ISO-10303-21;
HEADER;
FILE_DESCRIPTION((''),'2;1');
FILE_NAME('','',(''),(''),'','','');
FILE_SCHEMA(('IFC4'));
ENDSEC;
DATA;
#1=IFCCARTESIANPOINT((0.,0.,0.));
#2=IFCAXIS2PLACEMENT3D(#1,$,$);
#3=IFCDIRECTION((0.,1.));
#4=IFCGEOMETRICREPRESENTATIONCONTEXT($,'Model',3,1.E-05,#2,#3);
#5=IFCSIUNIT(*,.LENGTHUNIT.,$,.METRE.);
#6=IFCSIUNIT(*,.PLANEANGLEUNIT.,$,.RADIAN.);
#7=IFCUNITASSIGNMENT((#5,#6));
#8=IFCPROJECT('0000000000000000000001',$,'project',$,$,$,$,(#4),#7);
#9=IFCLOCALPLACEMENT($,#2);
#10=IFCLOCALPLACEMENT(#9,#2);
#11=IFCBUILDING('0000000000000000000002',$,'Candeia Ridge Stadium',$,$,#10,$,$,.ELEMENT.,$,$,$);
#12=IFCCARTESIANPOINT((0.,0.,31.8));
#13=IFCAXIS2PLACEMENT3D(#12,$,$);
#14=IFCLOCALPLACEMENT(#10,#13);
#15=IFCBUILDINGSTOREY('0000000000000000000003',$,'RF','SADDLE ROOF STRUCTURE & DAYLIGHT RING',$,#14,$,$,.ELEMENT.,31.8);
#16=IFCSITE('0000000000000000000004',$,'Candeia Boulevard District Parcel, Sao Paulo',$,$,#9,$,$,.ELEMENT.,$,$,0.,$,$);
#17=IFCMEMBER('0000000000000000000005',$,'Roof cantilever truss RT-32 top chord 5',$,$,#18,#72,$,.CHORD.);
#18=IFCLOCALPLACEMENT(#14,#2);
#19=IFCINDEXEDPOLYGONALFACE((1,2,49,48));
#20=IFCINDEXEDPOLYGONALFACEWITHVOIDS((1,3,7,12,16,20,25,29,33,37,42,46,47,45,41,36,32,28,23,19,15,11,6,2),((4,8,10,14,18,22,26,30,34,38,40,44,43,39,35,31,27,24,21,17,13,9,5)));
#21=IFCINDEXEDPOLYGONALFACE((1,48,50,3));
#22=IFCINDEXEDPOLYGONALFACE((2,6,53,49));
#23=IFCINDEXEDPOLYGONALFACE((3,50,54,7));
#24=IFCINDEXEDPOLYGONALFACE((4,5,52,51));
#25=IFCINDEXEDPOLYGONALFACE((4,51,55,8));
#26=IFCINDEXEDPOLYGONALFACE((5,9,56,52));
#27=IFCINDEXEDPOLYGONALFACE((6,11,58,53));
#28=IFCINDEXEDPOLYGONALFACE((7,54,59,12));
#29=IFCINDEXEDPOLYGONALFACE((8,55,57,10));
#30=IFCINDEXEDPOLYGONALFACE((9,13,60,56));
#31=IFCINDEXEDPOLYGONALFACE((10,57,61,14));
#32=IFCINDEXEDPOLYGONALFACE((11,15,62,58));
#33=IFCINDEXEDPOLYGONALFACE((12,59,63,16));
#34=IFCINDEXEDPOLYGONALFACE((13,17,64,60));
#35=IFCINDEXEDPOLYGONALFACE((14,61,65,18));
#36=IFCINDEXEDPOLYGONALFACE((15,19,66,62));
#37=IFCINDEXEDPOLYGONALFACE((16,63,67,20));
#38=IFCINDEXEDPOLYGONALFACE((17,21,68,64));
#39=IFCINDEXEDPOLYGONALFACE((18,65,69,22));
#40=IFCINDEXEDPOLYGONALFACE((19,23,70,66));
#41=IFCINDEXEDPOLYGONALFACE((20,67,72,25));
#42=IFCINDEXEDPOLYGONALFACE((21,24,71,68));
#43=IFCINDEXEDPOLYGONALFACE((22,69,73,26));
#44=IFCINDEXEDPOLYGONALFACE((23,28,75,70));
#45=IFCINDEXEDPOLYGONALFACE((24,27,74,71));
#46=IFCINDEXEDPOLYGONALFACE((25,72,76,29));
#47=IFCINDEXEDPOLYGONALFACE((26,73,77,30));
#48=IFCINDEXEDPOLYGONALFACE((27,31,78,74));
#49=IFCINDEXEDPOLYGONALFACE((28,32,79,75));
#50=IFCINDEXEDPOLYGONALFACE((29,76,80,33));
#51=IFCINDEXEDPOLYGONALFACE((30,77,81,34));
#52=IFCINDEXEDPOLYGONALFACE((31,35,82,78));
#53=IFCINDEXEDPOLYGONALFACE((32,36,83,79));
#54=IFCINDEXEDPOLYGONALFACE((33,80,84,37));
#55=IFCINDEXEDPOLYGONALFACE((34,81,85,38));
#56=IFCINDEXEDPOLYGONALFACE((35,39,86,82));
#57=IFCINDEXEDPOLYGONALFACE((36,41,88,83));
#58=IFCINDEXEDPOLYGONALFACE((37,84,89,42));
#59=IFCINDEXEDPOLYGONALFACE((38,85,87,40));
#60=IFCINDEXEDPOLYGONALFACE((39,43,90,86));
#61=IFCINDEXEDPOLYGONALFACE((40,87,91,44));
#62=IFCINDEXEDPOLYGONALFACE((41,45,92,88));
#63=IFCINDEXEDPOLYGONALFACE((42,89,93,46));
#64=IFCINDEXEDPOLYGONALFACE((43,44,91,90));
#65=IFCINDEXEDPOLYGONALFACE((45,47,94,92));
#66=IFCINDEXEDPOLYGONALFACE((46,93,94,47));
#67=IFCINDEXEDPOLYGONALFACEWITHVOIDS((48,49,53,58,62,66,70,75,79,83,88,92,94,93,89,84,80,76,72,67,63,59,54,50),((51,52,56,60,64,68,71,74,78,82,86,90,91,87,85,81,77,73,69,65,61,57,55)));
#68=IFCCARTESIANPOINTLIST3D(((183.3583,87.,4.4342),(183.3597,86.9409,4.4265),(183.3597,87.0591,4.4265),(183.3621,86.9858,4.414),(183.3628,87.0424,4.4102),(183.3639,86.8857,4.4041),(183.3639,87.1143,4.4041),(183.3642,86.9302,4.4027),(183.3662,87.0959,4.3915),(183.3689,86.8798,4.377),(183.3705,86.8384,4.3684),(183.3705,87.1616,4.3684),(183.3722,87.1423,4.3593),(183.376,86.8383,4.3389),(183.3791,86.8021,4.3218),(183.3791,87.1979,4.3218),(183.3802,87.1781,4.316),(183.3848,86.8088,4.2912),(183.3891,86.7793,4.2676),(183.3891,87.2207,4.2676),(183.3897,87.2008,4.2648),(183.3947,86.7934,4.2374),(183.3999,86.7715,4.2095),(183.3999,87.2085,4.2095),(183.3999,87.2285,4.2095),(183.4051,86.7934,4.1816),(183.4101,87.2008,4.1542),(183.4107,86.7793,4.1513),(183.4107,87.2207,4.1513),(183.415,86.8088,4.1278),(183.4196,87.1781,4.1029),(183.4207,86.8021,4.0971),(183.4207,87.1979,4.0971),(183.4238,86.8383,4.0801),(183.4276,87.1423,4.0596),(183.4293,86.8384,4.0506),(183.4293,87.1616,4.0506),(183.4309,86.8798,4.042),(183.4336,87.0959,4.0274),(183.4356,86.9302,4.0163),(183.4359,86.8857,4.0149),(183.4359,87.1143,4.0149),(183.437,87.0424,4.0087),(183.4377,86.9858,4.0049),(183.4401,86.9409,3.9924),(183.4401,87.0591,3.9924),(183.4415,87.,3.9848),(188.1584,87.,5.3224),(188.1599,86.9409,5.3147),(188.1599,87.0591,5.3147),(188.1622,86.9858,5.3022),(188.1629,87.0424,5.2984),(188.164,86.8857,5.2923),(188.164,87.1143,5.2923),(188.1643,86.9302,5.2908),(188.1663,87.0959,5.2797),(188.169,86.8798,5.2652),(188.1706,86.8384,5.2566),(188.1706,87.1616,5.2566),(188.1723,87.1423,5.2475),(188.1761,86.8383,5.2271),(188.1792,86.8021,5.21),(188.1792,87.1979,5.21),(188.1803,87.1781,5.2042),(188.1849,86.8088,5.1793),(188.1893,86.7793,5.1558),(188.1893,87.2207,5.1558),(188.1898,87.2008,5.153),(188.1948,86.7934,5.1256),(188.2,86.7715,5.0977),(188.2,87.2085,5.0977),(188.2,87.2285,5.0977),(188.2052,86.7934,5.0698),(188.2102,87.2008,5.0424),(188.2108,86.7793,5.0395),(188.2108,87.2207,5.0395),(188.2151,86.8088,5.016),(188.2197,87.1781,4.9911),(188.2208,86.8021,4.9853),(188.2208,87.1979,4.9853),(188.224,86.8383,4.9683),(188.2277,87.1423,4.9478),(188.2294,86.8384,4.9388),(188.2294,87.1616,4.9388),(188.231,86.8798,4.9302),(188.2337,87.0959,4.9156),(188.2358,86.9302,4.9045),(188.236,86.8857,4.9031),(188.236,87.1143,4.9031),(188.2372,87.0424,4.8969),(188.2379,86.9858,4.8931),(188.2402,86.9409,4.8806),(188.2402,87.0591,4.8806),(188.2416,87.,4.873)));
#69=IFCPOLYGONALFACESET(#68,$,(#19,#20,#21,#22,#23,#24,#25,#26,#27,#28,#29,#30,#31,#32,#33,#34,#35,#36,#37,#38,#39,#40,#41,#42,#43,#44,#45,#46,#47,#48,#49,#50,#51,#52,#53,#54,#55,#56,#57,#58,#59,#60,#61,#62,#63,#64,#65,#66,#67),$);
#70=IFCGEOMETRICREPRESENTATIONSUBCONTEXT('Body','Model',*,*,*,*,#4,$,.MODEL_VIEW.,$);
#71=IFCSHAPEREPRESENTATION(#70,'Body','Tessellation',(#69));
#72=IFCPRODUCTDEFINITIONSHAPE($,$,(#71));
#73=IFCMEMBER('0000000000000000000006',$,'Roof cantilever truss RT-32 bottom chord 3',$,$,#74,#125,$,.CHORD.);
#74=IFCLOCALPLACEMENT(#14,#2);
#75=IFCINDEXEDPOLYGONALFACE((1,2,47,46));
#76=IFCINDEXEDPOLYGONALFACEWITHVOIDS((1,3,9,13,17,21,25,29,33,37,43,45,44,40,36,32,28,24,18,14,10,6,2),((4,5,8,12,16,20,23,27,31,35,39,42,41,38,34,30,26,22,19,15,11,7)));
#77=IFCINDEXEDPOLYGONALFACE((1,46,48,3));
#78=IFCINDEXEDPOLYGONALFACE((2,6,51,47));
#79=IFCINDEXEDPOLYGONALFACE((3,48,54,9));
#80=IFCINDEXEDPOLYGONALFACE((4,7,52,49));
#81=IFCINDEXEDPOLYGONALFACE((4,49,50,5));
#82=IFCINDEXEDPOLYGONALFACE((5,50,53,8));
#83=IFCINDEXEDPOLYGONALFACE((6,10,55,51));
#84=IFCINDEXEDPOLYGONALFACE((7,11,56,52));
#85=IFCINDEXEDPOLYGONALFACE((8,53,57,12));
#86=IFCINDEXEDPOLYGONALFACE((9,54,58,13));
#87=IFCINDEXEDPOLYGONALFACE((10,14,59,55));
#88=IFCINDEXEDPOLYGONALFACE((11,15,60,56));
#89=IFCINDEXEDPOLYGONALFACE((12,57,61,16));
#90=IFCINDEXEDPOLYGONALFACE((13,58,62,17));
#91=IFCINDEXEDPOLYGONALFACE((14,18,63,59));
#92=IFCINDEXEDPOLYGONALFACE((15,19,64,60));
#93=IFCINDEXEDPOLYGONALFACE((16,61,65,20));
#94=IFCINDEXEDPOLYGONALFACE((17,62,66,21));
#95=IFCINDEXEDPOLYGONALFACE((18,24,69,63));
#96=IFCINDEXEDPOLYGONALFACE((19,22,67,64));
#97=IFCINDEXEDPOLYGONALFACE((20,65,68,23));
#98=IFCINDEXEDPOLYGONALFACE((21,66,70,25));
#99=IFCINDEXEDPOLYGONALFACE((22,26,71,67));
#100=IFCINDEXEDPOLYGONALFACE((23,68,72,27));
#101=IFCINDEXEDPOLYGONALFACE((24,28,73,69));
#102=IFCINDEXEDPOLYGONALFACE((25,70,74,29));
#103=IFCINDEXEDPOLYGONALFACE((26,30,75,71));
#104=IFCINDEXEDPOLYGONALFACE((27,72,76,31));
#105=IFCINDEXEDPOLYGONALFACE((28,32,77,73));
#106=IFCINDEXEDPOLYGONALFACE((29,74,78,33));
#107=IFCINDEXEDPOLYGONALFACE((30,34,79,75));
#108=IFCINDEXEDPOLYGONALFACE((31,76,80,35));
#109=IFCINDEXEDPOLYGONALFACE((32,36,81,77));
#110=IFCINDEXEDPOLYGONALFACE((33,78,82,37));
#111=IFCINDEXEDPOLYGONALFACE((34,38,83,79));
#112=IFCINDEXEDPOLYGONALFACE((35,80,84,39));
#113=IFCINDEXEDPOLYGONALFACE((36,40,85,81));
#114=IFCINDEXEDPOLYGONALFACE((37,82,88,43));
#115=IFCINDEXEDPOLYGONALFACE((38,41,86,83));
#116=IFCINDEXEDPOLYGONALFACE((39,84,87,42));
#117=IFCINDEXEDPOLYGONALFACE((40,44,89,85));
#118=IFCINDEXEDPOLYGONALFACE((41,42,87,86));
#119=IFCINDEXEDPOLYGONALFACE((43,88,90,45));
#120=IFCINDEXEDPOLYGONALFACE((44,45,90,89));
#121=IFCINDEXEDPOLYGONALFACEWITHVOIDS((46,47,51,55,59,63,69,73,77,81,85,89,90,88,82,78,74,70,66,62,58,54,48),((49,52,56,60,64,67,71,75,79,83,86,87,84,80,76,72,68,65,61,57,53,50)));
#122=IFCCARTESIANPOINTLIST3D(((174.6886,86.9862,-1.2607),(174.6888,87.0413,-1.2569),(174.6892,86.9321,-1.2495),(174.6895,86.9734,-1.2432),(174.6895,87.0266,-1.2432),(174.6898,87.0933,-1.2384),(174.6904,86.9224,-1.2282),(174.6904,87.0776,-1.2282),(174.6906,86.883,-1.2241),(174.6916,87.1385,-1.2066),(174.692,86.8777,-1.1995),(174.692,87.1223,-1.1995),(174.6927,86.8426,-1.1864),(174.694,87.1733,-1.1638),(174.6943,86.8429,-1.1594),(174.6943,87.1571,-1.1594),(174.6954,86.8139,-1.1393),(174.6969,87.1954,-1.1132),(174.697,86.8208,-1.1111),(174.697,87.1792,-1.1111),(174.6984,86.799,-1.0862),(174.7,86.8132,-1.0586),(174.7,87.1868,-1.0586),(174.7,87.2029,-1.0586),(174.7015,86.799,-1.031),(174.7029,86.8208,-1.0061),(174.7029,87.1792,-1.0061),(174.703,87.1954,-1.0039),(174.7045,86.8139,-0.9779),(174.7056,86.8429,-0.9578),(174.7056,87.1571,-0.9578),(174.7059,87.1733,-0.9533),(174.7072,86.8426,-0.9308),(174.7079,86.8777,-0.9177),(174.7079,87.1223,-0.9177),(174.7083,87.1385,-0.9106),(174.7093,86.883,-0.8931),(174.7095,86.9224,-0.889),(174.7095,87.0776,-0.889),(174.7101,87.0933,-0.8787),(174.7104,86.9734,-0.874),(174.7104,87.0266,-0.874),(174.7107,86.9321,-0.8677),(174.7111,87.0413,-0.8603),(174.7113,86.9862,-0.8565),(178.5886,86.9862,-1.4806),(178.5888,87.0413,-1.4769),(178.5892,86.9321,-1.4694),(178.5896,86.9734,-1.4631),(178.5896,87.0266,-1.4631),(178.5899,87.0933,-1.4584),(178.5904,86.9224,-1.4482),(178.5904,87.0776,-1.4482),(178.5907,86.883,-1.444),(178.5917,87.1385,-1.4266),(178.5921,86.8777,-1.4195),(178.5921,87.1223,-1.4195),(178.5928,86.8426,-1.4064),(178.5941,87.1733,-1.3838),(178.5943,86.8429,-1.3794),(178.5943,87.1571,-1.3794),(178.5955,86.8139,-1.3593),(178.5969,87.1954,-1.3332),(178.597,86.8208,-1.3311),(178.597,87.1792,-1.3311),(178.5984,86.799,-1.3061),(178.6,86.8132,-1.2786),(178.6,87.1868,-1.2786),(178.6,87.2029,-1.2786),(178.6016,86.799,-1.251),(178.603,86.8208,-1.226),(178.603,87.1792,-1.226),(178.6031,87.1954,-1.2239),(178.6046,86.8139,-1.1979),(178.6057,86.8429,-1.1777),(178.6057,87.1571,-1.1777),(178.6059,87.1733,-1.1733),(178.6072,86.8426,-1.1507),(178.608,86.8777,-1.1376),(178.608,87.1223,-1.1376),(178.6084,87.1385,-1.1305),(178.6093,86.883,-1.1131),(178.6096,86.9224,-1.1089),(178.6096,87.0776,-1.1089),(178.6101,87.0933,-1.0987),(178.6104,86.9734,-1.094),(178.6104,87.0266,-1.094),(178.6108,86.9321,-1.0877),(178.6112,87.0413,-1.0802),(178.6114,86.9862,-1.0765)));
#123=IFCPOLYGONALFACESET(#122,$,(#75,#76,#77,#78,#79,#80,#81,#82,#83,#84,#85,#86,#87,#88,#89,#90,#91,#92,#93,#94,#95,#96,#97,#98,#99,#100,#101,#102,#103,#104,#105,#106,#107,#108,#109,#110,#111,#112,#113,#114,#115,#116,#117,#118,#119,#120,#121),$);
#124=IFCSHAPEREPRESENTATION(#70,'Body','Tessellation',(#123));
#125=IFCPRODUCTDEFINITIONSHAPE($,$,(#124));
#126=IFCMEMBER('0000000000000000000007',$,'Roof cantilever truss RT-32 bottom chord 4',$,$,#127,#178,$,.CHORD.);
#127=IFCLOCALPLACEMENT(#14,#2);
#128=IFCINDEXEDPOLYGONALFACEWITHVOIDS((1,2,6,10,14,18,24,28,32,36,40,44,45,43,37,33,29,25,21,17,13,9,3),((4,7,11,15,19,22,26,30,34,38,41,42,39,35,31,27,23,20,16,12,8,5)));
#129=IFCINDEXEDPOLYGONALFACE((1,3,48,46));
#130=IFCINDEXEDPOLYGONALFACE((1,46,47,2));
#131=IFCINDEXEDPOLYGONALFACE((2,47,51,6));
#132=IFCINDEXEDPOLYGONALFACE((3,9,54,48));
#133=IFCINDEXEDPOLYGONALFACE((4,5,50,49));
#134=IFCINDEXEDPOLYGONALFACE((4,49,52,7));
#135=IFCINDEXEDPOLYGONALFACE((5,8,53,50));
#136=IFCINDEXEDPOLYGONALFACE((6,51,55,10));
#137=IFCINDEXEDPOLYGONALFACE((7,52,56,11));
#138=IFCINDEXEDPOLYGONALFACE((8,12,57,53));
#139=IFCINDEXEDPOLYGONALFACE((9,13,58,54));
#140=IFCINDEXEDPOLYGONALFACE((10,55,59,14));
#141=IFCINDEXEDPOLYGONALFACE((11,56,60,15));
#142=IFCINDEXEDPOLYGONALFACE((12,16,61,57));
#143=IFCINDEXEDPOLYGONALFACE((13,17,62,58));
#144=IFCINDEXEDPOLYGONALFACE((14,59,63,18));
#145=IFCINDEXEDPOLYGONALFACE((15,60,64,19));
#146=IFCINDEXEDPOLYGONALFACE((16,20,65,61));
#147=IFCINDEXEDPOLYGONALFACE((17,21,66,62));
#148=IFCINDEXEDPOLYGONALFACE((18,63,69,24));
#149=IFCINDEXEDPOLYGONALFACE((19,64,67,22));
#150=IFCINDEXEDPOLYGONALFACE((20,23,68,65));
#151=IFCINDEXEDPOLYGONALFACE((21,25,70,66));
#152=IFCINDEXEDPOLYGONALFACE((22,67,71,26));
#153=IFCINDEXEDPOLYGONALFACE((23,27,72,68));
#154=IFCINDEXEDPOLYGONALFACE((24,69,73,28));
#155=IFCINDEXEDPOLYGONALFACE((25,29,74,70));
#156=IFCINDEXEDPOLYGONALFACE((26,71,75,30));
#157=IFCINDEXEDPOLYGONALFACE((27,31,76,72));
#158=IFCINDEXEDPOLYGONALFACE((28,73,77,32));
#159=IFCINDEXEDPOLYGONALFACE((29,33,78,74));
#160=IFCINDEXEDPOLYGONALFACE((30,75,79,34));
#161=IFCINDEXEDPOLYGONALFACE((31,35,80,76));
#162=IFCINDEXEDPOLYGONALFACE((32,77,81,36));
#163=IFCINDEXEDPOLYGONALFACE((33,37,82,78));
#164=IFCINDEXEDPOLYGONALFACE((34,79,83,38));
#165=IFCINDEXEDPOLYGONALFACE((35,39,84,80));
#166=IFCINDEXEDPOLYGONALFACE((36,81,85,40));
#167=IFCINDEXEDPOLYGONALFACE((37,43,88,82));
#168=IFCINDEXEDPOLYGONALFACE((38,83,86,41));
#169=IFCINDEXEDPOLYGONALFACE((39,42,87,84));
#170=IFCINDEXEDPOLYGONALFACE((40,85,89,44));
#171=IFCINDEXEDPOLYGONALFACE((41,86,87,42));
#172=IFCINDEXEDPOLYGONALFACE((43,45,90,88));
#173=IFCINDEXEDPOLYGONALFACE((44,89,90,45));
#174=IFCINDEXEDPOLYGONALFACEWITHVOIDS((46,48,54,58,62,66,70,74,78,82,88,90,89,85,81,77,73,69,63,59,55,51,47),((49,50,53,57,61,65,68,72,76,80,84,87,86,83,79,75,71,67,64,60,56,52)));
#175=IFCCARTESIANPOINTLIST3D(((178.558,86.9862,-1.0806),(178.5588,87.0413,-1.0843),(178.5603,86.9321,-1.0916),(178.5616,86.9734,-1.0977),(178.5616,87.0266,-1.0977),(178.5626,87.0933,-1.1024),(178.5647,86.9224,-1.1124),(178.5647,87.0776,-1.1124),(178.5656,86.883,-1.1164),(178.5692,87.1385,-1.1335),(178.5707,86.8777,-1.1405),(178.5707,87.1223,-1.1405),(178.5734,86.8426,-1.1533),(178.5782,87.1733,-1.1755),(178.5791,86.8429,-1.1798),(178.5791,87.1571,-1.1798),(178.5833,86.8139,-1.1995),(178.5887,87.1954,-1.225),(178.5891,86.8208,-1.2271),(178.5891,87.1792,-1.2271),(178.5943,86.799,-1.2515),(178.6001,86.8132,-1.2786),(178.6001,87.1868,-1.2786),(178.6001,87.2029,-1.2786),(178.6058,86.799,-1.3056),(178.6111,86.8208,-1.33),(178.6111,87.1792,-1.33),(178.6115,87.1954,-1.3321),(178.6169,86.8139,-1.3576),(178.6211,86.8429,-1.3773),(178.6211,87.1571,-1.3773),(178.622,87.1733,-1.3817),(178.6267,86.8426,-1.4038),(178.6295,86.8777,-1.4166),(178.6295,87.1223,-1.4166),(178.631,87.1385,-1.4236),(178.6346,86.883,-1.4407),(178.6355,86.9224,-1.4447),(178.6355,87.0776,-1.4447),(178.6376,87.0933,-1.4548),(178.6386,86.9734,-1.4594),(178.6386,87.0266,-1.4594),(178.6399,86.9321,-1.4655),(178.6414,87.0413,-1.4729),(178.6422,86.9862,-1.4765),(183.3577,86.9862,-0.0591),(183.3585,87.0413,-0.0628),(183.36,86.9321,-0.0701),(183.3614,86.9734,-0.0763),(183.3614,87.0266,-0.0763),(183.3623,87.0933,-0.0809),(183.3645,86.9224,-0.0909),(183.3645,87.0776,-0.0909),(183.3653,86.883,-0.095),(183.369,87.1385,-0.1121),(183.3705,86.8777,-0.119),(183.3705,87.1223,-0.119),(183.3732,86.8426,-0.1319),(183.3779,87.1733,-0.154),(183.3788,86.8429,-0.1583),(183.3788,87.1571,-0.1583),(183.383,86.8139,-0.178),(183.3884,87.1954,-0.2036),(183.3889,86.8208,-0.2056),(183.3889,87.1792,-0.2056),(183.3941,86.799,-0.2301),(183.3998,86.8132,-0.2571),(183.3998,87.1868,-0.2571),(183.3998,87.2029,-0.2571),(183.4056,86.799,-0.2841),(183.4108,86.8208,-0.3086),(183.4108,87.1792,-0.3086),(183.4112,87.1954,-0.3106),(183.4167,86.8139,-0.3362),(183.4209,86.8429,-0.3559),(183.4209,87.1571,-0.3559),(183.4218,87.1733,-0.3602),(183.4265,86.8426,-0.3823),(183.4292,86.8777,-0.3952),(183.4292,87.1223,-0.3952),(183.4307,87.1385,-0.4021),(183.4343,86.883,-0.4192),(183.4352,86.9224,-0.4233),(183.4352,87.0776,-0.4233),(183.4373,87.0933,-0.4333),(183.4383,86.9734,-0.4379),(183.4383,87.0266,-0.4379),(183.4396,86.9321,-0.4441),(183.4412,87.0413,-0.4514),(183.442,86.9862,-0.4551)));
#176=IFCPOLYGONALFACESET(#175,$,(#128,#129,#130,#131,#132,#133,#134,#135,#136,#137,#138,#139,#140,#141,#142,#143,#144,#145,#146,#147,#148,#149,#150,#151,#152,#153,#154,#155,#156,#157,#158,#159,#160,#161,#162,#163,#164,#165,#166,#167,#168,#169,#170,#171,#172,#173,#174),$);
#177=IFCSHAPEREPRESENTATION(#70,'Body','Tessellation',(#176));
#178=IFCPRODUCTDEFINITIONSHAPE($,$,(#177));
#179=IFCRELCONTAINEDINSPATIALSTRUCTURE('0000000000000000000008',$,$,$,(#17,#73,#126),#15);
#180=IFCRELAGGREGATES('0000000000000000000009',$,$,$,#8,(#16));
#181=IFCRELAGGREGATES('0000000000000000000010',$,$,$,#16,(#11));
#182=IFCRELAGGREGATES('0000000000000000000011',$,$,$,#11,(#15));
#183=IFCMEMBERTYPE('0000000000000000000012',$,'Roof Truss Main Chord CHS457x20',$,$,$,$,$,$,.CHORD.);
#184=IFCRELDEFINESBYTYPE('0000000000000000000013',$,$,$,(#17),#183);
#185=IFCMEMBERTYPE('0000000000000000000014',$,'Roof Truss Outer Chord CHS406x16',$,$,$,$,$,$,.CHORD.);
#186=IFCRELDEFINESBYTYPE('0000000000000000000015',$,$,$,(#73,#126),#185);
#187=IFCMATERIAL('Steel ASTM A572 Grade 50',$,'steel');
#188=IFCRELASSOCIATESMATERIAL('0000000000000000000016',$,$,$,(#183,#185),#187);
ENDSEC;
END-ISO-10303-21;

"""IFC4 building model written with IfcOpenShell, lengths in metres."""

from ifc_helpers import new_model, si_unit, direction, frame, origin, origin_2d, place, context, subcontext, project, spatial, hollow_circle, extrude, material, material_profile, profile_set, type_object, element, save


model = new_model("IFC4")

# Units and contexts
model_context = context("Model", 3, precision=1e-05, world=origin(), true_north=direction((0.0, 1.0)))
body_context = subcontext(model_context, "Body", "Model", "MODEL_VIEW")
ifc_project = project(units=[si_unit("LENGTHUNIT", "METRE"), si_unit("PLANEANGLEUNIT", "RADIAN")], contexts=[model_context])

# Site, building, storey
site_placement = place(None, origin())
site = spatial("IfcSite", under=ifc_project, at=site_placement, Name="Candeia Boulevard District Parcel, Sao Paulo", CompositionType="ELEMENT", RefElevation=0.0)
building_placement = place(site_placement, origin())
building = spatial("IfcBuilding", under=site, at=building_placement, Name="Candeia Ridge Stadium", CompositionType="ELEMENT")
storey_placement = place(building_placement, frame((0.0, 0.0, 31.8)))
storey = spatial("IfcBuildingStorey", under=building, at=storey_placement, Name="RF", Description="SADDLE ROOF STRUCTURE & DAYLIGHT RING", CompositionType="ELEMENT", Elevation=31.8)

# Shared definitions
ifc_material_1 = material(Name="Steel ASTM A572 Grade 50", Category="steel")

# Members
ifc_material_profile_1 = material_profile(ifc_material_1, hollow_circle(Radius=0.2285, WallThickness=0.02, at=origin_2d()), Name="CHS457x20", Category="steel")
ifc_profile_set_1 = profile_set([ifc_material_profile_1], Name="Steel ASTM A572 Grade 50")
member_type_1 = type_object("IfcMemberType", Name="Roof Truss Main Chord CHS457x20", PredefinedType="CHORD", material=ifc_profile_set_1)
member_1_placement = place(storey_placement, frame((183.3999, 87.0, 4.2095), z_axis=(0.983308, 0.0, 0.181948), x_axis=(0.0, 1.0, 0.0)))
element("IfcMember", 1, at=member_1_placement, inside=storey, type_object=member_type_1, Name="Roof cantilever truss RT-32 top chord 5", PredefinedType="CHORD", context=body_context, shape_type="SweptSolid", body=[
    extrude(hollow_circle(Radius=0.2285, WallThickness=0.02, at=origin_2d()), origin(), (0.0, 0.0, 1.0), 4.8816),
])
ifc_material_profile_2 = material_profile(ifc_material_1, hollow_circle(Radius=0.2029, WallThickness=0.0161, at=origin_2d()), Name="CHS406x16", Category="steel")
ifc_profile_set_2 = profile_set([ifc_material_profile_2], Name="Steel ASTM A572 Grade 50")
member_type_2 = type_object("IfcMemberType", Name="Roof Truss Outer Chord CHS406x16", PredefinedType="CHORD", material=ifc_profile_set_2)
member_2_placement = place(storey_placement, frame((174.7, 87.0, -1.0586), z_axis=(0.998413, 0.0, -0.056311), x_axis=(0.0, 1.0, 0.0)))
element("IfcMember", 2, at=member_2_placement, inside=storey, type_object=member_type_2, Name="Roof cantilever truss RT-32 bottom chord 3", PredefinedType="CHORD", context=body_context, shape_type="SweptSolid", body=[
    extrude(hollow_circle(Radius=0.2029, WallThickness=0.0161, at=origin_2d()), origin(), (0.0, 0.0, 1.0), 3.9062),
])
member_3_placement = place(storey_placement, frame((178.6001, 87.0, -1.2786), z_axis=(0.978096, 0.0, 0.208156), x_axis=(0.0, 1.0, 0.0)))
element("IfcMember", 3, at=member_3_placement, inside=storey, type_object=member_type_2, Name="Roof cantilever truss RT-32 bottom chord 4", PredefinedType="CHORD", context=body_context, shape_type="SweptSolid", body=[
    extrude(hollow_circle(Radius=0.2029, WallThickness=0.0161, at=origin_2d()), origin(), (0.0, 0.0, 1.0), 4.9072),
])

save(model, "model.ifc")
